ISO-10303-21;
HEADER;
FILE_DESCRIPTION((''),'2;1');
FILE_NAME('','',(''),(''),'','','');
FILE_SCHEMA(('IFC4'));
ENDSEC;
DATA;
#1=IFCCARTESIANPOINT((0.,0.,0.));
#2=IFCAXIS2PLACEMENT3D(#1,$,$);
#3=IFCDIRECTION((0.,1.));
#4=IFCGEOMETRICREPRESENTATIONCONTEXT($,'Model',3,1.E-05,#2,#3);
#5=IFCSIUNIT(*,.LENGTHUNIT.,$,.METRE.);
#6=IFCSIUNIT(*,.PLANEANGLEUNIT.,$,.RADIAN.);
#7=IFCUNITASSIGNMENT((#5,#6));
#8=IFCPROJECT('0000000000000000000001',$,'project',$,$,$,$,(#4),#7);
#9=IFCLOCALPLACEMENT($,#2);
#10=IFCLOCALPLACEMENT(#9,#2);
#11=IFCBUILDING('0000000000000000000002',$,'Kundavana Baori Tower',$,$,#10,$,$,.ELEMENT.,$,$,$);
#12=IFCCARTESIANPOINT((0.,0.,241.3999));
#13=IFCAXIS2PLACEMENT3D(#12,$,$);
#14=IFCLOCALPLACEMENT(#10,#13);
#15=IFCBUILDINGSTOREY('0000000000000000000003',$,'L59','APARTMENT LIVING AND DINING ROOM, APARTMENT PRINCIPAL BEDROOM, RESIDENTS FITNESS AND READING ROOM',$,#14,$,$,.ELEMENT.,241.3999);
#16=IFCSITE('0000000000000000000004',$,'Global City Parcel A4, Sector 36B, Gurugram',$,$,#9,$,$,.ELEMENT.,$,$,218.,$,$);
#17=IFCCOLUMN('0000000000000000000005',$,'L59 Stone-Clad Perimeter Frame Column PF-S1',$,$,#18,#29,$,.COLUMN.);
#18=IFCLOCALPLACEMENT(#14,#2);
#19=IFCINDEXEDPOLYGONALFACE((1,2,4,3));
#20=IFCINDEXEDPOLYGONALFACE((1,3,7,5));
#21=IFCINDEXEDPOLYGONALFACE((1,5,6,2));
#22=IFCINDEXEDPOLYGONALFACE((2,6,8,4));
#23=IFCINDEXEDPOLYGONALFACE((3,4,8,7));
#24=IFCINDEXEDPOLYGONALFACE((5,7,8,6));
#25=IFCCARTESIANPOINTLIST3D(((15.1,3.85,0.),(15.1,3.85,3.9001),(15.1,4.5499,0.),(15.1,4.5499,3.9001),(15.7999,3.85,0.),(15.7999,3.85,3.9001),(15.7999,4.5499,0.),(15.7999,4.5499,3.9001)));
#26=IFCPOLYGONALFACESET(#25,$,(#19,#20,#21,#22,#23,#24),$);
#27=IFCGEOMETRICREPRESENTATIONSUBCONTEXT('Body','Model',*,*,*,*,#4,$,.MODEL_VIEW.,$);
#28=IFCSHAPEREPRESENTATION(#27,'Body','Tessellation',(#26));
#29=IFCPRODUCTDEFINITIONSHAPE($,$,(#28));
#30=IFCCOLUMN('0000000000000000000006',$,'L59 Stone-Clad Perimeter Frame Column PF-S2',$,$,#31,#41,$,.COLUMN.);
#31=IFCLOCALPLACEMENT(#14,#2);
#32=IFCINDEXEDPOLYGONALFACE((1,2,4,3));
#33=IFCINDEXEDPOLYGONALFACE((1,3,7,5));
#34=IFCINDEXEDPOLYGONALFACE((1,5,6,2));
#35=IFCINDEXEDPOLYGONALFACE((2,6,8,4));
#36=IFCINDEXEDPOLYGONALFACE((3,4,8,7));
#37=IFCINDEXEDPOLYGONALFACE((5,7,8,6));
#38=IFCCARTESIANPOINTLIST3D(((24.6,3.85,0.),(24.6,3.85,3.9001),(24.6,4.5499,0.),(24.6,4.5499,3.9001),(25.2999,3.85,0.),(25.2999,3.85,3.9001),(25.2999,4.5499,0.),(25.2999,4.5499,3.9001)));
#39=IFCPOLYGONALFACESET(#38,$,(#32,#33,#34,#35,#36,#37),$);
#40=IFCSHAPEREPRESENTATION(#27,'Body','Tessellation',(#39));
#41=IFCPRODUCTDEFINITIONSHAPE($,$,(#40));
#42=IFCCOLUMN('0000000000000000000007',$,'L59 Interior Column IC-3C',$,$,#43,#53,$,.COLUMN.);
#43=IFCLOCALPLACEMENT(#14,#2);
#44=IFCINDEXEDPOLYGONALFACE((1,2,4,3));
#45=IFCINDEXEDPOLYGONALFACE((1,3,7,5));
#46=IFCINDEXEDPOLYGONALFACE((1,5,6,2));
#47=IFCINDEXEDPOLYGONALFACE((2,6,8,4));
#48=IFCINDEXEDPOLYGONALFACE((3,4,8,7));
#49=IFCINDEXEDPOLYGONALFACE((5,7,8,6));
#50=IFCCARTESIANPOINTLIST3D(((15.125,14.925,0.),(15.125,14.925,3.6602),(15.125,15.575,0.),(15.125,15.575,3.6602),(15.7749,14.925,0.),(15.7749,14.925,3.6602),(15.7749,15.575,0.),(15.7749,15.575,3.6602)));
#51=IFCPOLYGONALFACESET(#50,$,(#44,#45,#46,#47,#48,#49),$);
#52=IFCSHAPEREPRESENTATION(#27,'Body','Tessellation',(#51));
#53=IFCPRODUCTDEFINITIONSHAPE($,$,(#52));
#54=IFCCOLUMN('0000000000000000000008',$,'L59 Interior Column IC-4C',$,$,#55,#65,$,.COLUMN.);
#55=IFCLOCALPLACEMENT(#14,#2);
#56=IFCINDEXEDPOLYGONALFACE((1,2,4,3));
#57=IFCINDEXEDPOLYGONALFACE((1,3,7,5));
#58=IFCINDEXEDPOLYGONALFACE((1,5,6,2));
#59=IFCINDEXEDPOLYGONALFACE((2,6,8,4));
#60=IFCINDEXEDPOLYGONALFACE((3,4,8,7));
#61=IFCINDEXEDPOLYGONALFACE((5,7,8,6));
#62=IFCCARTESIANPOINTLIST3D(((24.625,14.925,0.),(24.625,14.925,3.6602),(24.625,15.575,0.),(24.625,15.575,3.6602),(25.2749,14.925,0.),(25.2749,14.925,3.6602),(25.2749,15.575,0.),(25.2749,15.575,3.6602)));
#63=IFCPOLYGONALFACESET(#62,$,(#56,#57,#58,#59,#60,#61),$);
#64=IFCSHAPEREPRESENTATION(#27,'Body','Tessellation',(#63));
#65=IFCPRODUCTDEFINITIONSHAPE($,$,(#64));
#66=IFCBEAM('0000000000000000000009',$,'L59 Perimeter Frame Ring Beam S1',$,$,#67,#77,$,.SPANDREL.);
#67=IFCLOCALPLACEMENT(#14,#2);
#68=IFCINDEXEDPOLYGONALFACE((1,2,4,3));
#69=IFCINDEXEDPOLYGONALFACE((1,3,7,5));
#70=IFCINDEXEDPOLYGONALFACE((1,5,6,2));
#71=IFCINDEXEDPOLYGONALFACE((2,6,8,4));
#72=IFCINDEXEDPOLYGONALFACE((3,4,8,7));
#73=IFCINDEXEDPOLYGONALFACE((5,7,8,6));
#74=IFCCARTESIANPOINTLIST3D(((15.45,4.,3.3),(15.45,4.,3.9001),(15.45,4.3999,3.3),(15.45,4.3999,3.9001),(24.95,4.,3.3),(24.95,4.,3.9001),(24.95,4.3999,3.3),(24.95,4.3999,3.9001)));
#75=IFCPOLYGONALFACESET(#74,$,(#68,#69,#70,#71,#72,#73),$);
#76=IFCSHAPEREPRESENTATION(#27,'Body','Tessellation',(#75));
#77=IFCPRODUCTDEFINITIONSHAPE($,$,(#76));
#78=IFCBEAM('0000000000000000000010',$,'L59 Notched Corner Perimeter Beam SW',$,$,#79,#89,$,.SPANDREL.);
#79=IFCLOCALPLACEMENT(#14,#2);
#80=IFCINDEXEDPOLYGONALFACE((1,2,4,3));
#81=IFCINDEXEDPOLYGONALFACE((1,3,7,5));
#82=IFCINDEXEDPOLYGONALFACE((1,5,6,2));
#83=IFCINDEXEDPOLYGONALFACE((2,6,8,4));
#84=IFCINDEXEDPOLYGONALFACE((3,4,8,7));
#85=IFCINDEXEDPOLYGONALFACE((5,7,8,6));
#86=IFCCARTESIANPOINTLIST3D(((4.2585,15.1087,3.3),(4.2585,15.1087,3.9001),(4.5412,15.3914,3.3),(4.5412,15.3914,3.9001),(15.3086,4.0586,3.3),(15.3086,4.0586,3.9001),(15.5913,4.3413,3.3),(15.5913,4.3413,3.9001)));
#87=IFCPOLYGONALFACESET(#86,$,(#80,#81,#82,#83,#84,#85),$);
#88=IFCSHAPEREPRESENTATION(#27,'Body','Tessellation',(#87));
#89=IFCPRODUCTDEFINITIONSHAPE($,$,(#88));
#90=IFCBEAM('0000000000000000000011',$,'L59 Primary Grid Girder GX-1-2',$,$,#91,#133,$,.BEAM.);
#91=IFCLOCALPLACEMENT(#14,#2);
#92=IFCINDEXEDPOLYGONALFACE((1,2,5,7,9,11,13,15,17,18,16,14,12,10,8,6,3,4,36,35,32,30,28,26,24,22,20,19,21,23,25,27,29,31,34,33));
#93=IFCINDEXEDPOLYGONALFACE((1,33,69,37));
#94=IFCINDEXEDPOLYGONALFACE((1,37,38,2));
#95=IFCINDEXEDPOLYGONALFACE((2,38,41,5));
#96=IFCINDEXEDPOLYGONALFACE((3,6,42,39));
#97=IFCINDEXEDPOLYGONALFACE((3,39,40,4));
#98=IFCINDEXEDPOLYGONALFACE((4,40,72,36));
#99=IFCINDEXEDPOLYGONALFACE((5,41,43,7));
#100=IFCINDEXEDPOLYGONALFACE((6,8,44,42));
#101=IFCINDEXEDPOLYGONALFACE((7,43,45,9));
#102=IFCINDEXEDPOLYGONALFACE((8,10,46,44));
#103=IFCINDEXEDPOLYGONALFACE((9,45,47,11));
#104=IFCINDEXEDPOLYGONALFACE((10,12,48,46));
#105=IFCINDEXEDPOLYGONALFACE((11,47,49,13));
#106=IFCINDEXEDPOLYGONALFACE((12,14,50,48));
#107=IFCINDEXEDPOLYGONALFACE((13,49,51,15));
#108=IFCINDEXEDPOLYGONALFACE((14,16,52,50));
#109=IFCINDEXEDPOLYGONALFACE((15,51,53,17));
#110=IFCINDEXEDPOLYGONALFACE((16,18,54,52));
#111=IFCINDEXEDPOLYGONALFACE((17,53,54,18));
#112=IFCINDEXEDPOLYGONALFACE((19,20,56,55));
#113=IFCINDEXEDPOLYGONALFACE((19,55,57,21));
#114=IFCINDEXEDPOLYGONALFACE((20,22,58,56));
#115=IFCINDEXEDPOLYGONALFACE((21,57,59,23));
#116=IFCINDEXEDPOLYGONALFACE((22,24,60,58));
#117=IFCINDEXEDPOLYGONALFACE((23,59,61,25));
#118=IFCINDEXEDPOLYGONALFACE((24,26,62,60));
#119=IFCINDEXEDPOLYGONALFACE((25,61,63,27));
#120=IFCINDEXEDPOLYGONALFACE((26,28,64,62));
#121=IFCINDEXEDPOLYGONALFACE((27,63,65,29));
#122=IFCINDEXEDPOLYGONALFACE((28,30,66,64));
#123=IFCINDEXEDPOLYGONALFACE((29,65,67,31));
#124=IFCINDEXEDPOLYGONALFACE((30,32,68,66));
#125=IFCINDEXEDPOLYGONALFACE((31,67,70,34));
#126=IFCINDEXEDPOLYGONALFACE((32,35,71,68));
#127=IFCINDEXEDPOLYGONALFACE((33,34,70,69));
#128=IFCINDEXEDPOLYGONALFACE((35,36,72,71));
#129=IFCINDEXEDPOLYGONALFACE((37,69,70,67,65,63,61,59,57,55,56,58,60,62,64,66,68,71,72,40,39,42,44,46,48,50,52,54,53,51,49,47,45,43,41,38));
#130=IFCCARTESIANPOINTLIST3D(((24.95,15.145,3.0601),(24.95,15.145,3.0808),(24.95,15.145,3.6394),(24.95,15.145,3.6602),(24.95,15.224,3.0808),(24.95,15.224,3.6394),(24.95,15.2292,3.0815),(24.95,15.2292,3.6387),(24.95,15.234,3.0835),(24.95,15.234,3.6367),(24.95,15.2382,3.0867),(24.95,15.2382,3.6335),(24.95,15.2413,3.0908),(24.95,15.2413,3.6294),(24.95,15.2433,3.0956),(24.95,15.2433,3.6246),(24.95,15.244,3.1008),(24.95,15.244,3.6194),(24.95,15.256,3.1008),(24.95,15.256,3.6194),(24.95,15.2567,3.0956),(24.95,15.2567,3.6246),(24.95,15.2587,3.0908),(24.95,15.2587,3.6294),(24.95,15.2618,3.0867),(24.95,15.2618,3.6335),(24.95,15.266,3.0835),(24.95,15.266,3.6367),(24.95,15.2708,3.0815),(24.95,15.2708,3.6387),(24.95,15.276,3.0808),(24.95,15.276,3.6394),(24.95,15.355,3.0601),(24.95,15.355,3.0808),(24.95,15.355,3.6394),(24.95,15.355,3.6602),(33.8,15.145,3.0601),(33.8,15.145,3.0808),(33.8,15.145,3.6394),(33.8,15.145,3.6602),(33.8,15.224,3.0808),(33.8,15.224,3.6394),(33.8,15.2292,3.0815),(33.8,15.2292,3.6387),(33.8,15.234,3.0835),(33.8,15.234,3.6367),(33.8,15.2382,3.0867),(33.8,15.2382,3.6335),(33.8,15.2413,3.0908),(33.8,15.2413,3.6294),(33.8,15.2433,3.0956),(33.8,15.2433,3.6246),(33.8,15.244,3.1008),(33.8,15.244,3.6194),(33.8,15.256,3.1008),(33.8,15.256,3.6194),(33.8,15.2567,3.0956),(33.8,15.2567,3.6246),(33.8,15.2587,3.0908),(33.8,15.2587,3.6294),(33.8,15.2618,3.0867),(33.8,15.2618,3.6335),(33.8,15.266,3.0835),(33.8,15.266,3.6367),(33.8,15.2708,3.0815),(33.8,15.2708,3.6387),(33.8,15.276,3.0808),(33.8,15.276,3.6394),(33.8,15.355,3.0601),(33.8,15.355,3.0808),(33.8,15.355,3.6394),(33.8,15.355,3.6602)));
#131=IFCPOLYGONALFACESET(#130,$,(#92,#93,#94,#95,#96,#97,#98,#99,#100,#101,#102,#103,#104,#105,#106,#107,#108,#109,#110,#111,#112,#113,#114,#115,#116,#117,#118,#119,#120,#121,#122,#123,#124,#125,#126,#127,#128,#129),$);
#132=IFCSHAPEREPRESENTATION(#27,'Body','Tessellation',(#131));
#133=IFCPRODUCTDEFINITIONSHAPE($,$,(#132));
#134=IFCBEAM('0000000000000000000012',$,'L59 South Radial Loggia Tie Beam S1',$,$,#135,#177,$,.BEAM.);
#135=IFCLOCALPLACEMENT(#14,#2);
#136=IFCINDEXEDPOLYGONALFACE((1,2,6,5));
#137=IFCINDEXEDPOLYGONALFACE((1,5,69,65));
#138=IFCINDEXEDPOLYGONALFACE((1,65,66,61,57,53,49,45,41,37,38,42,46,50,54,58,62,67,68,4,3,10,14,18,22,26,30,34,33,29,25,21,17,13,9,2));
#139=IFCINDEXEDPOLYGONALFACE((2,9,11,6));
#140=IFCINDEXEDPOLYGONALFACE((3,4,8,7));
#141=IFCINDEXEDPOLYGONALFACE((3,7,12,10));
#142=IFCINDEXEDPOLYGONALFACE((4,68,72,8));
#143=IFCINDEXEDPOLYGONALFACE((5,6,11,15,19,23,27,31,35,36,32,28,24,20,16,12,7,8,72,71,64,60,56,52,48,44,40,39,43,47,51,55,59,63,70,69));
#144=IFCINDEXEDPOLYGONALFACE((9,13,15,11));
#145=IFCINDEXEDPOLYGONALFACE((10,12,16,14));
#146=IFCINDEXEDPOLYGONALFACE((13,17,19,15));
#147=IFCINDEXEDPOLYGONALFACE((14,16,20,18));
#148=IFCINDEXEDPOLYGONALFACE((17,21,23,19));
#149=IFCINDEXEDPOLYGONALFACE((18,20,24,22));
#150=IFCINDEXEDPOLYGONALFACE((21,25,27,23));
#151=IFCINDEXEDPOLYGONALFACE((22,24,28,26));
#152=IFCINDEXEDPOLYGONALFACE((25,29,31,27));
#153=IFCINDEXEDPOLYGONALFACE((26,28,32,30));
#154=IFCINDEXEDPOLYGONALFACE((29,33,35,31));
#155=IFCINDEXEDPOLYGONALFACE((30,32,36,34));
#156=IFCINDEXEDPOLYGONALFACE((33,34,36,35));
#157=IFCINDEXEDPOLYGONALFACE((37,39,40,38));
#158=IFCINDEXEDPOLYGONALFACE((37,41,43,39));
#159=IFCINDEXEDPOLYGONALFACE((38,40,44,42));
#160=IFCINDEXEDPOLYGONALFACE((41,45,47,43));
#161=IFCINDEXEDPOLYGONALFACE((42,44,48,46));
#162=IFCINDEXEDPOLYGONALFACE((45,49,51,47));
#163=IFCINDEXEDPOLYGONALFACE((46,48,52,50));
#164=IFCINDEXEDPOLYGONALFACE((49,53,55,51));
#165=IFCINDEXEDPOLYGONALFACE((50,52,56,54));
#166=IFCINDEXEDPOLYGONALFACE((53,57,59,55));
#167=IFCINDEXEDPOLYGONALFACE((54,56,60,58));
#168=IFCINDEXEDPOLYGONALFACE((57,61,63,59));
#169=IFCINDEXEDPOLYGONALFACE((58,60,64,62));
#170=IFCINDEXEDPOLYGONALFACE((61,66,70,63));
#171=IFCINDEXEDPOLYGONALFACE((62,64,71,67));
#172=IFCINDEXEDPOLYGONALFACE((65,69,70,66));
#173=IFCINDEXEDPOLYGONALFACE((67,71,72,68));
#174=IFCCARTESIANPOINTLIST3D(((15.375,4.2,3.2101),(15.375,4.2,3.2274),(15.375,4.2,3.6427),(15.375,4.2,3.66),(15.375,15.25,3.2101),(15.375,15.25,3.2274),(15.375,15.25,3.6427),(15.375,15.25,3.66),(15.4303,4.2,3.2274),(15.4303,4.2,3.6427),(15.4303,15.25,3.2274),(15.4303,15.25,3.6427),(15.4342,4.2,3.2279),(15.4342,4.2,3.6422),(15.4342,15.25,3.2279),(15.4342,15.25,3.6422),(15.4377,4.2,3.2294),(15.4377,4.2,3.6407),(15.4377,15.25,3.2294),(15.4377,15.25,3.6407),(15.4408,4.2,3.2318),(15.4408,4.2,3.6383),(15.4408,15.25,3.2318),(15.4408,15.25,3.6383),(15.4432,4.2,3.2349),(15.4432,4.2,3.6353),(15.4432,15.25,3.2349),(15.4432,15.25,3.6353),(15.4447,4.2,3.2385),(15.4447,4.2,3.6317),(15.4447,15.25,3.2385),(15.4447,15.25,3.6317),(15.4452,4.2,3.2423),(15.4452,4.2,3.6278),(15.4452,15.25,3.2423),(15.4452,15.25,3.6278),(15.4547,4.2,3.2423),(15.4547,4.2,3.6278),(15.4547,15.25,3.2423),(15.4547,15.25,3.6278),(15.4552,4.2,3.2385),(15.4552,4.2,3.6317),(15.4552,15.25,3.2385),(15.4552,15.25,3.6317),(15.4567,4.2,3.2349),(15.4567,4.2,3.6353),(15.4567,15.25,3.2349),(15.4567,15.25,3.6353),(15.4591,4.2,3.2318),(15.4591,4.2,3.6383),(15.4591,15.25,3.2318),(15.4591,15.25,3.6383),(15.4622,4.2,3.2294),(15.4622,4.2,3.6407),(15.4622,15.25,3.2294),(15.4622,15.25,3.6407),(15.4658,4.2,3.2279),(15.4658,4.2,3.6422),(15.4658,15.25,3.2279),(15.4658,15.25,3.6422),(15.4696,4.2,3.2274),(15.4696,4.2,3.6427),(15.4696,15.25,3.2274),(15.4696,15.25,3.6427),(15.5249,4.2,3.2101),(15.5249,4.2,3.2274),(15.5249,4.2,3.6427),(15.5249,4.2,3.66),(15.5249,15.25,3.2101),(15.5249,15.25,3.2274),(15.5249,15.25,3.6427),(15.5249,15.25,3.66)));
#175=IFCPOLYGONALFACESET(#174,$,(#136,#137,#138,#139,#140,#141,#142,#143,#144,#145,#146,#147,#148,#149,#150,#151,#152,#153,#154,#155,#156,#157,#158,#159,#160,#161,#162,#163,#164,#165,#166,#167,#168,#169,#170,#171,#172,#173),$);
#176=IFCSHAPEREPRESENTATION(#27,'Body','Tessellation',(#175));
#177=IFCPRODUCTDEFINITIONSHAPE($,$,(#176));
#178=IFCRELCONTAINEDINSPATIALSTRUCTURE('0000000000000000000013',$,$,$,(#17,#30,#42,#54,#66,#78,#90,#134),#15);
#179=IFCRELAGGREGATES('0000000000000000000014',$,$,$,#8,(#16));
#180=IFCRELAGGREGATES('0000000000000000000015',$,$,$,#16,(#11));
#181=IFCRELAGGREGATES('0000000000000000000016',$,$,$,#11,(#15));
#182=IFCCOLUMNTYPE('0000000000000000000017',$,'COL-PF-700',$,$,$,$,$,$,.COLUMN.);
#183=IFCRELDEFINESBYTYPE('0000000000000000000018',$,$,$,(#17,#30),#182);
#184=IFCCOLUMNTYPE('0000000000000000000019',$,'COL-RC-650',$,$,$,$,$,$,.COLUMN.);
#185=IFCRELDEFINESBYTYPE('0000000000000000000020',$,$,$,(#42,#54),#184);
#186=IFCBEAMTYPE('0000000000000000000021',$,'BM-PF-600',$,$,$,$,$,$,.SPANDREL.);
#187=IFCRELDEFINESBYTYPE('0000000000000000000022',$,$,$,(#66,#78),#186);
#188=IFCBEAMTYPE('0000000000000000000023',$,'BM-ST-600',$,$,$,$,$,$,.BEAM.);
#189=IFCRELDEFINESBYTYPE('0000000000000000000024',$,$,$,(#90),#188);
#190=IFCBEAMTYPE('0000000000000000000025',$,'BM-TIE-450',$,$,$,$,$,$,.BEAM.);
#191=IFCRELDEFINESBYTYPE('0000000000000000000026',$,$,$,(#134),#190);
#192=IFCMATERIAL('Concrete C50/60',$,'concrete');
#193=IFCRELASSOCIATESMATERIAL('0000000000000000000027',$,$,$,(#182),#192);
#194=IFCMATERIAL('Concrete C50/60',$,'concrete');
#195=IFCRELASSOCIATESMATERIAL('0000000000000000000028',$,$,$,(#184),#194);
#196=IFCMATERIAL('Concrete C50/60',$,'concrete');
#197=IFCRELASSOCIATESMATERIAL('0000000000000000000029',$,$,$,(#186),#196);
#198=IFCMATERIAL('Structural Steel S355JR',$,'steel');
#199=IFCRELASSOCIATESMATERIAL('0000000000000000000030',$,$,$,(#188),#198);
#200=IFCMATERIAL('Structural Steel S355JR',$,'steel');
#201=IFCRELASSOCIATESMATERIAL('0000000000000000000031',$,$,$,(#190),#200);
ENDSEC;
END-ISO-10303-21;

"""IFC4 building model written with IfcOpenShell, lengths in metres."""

from ifc_helpers import new_model, si_unit, direction, frame, origin, origin_2d, place, context, subcontext, project, spatial, rectangle, i_section, extrude, material, material_profile, profile_set, type_object, element, save


model = new_model("IFC4")

# Units and contexts
model_context = context("Model", 3, precision=1e-05, world=origin(), true_north=direction((0.0, 1.0)))
body_context = subcontext(model_context, "Body", "Model", "MODEL_VIEW")
ifc_project = project(units=[si_unit("LENGTHUNIT", "METRE"), si_unit("PLANEANGLEUNIT", "RADIAN")], contexts=[model_context])

# Site, building, storey
site_placement = place(None, origin())
site = spatial("IfcSite", under=ifc_project, at=site_placement, Name="Global City Parcel A4, Sector 36B, Gurugram", CompositionType="ELEMENT", RefElevation=218.0)
building_placement = place(site_placement, origin())
building = spatial("IfcBuilding", under=site, at=building_placement, Name="Kundavana Baori Tower", CompositionType="ELEMENT")
storey_placement = place(building_placement, frame((0.0, 0.0, 241.3999)))
storey = spatial("IfcBuildingStorey", under=building, at=storey_placement, Name="L59", Description="APARTMENT LIVING AND DINING ROOM, APARTMENT PRINCIPAL BEDROOM, RESIDENTS FITNESS AND READING ROOM", CompositionType="ELEMENT", Elevation=241.3999)

# Columns
ifc_material_1 = material(Name="Concrete C50/60", Category="concrete")
ifc_material_profile_1 = material_profile(ifc_material_1, rectangle(XDim=0.7, YDim=0.7, at=origin_2d()), Name="RC PF 700x700")
ifc_profile_set_1 = profile_set([ifc_material_profile_1], Name="Concrete C50/60")
column_type_1 = type_object("IfcColumnType", Name="COL-PF-700", PredefinedType="COLUMN", material=ifc_profile_set_1)
for number, where, z_axis, x_axis, name in (
    (1, (15.45, 4.2, 0.0), (0.0, 0.0, 1.0), (1.0, 0.0, 0.0), "L59 Stone-Clad Perimeter Frame Column PF-S1"),
    (2, (24.95, 4.2, 0.0), (0.0, 0.0, 1.0), (1.0, 0.0, 0.0), "L59 Stone-Clad Perimeter Frame Column PF-S2"),
):
    element("IfcColumn", number, at=place(storey_placement, frame(where, z_axis=z_axis, x_axis=x_axis)), inside=storey, type_object=column_type_1, Name=name, PredefinedType="COLUMN", context=body_context, shape_type="SweptSolid", body=[
        extrude(rectangle(XDim=0.7, YDim=0.7, at=origin_2d()), origin(), (0.0, 0.0, 1.0), 3.9001),
    ])
ifc_material_2 = material(Name="Concrete C50/60", Category="concrete")
ifc_material_profile_2 = material_profile(ifc_material_2, rectangle(XDim=0.6499, YDim=0.6499, at=origin_2d()), Name="RC 650x650")
ifc_profile_set_2 = profile_set([ifc_material_profile_2], Name="Concrete C50/60")
column_type_2 = type_object("IfcColumnType", Name="COL-RC-650", PredefinedType="COLUMN", material=ifc_profile_set_2)
for number, where, z_axis, x_axis, name in (
    (3, (15.45, 15.25, 0.0), (0.0, 0.0, 1.0), (1.0, 0.0, 0.0), "L59 Interior Column IC-3C"),
    (4, (24.95, 15.25, 0.0), (0.0, 0.0, 1.0), (1.0, 0.0, 0.0), "L59 Interior Column IC-4C"),
):
    element("IfcColumn", number, at=place(storey_placement, frame(where, z_axis=z_axis, x_axis=x_axis)), inside=storey, type_object=column_type_2, Name=name, PredefinedType="COLUMN", context=body_context, shape_type="SweptSolid", body=[
        extrude(rectangle(XDim=0.6499, YDim=0.6499, at=origin_2d()), origin(), (0.0, 0.0, 1.0), 3.6602),
    ])

# Beams
ifc_material_3 = material(Name="Concrete C50/60", Category="concrete")
ifc_material_profile_3 = material_profile(ifc_material_3, rectangle(XDim=0.3999, YDim=0.6001, at=origin_2d()), Name="RC BM 400x600")
ifc_profile_set_3 = profile_set([ifc_material_profile_3], Name="Concrete C50/60")
beam_type_1 = type_object("IfcBeamType", Name="BM-PF-600", PredefinedType="SPANDREL", material=ifc_profile_set_3)
beam_1_placement = place(storey_placement, frame((15.45, 4.2, 3.6001), z_axis=(1.0, 0.0, 0.0), x_axis=(0.0, 1.0, 0.0)))
element("IfcBeam", 5, at=beam_1_placement, inside=storey, type_object=beam_type_1, Name="L59 Perimeter Frame Ring Beam S1", PredefinedType="SPANDREL", context=body_context, shape_type="SweptSolid", body=[
    extrude(rectangle(XDim=0.3999, YDim=0.6001, at=origin_2d()), origin(), (0.0, 0.0, 1.0), 9.5),
])
beam_2_placement = place(storey_placement, frame((15.45, 4.2, 3.6001), z_axis=(-0.707107, 0.707107, 0.0), x_axis=(-0.707107, -0.707107, 0.0)))
element("IfcBeam", 6, at=beam_2_placement, inside=storey, type_object=beam_type_1, Name="L59 Notched Corner Perimeter Beam SW", PredefinedType="SPANDREL", context=body_context, shape_type="SweptSolid", body=[
    extrude(rectangle(XDim=0.3999, YDim=0.6001, at=origin_2d()), origin(), (0.0, 0.0, 1.0), 15.6272),
])
ifc_material_4 = material(Name="Structural Steel S355JR", Category="steel")
ifc_material_profile_4 = material_profile(ifc_material_4, i_section(OverallWidth=0.21, OverallDepth=0.6001, WebThickness=0.012, FlangeThickness=0.0208, FilletRadius=0.02, at=origin_2d()), Name="ISMB 600")
ifc_profile_set_4 = profile_set([ifc_material_profile_4], Name="Structural Steel S355JR")
beam_type_2 = type_object("IfcBeamType", Name="BM-ST-600", PredefinedType="BEAM", material=ifc_profile_set_4)
beam_3_placement = place(storey_placement, frame((24.95, 15.25, 3.3601), z_axis=(1.0, 0.0, 0.0), x_axis=(0.0, 1.0, 0.0)))
element("IfcBeam", 7, at=beam_3_placement, inside=storey, type_object=beam_type_2, Name="L59 Primary Grid Girder GX-1-2", PredefinedType="BEAM", context=body_context, shape_type="SweptSolid", body=[
    extrude(i_section(OverallWidth=0.21, OverallDepth=0.6001, WebThickness=0.012, FlangeThickness=0.0208, FilletRadius=0.02, at=origin_2d()), origin(), (0.0, 0.0, 1.0), 8.8501),
])
ifc_material_5 = material(Name="Structural Steel S355JR", Category="steel")
ifc_material_profile_5 = material_profile(ifc_material_5, i_section(OverallWidth=0.1499, OverallDepth=0.45, WebThickness=0.0095, FlangeThickness=0.0173, FilletRadius=0.0149, at=origin_2d()), Name="ISMB 450")
ifc_profile_set_5 = profile_set([ifc_material_profile_5], Name="Structural Steel S355JR")
beam_type_3 = type_object("IfcBeamType", Name="BM-TIE-450", PredefinedType="BEAM", material=ifc_profile_set_5)
for number, where, z_axis, x_axis, name in (
    (8, (15.45, 15.25, 3.4351), (0.0, -1.0, 0.0), (1.0, 0.0, 0.0), "L59 South Radial Loggia Tie Beam S1"),
):
    element("IfcBeam", number, at=place(storey_placement, frame(where, z_axis=z_axis, x_axis=x_axis)), inside=storey, type_object=beam_type_3, Name=name, PredefinedType="BEAM", context=body_context, shape_type="SweptSolid", body=[
        extrude(i_section(OverallWidth=0.1499, OverallDepth=0.45, WebThickness=0.0095, FlangeThickness=0.0173, FilletRadius=0.0149, at=origin_2d()), origin(), (0.0, 0.0, 1.0), 11.05),
    ])

save(model, "model.ifc")
